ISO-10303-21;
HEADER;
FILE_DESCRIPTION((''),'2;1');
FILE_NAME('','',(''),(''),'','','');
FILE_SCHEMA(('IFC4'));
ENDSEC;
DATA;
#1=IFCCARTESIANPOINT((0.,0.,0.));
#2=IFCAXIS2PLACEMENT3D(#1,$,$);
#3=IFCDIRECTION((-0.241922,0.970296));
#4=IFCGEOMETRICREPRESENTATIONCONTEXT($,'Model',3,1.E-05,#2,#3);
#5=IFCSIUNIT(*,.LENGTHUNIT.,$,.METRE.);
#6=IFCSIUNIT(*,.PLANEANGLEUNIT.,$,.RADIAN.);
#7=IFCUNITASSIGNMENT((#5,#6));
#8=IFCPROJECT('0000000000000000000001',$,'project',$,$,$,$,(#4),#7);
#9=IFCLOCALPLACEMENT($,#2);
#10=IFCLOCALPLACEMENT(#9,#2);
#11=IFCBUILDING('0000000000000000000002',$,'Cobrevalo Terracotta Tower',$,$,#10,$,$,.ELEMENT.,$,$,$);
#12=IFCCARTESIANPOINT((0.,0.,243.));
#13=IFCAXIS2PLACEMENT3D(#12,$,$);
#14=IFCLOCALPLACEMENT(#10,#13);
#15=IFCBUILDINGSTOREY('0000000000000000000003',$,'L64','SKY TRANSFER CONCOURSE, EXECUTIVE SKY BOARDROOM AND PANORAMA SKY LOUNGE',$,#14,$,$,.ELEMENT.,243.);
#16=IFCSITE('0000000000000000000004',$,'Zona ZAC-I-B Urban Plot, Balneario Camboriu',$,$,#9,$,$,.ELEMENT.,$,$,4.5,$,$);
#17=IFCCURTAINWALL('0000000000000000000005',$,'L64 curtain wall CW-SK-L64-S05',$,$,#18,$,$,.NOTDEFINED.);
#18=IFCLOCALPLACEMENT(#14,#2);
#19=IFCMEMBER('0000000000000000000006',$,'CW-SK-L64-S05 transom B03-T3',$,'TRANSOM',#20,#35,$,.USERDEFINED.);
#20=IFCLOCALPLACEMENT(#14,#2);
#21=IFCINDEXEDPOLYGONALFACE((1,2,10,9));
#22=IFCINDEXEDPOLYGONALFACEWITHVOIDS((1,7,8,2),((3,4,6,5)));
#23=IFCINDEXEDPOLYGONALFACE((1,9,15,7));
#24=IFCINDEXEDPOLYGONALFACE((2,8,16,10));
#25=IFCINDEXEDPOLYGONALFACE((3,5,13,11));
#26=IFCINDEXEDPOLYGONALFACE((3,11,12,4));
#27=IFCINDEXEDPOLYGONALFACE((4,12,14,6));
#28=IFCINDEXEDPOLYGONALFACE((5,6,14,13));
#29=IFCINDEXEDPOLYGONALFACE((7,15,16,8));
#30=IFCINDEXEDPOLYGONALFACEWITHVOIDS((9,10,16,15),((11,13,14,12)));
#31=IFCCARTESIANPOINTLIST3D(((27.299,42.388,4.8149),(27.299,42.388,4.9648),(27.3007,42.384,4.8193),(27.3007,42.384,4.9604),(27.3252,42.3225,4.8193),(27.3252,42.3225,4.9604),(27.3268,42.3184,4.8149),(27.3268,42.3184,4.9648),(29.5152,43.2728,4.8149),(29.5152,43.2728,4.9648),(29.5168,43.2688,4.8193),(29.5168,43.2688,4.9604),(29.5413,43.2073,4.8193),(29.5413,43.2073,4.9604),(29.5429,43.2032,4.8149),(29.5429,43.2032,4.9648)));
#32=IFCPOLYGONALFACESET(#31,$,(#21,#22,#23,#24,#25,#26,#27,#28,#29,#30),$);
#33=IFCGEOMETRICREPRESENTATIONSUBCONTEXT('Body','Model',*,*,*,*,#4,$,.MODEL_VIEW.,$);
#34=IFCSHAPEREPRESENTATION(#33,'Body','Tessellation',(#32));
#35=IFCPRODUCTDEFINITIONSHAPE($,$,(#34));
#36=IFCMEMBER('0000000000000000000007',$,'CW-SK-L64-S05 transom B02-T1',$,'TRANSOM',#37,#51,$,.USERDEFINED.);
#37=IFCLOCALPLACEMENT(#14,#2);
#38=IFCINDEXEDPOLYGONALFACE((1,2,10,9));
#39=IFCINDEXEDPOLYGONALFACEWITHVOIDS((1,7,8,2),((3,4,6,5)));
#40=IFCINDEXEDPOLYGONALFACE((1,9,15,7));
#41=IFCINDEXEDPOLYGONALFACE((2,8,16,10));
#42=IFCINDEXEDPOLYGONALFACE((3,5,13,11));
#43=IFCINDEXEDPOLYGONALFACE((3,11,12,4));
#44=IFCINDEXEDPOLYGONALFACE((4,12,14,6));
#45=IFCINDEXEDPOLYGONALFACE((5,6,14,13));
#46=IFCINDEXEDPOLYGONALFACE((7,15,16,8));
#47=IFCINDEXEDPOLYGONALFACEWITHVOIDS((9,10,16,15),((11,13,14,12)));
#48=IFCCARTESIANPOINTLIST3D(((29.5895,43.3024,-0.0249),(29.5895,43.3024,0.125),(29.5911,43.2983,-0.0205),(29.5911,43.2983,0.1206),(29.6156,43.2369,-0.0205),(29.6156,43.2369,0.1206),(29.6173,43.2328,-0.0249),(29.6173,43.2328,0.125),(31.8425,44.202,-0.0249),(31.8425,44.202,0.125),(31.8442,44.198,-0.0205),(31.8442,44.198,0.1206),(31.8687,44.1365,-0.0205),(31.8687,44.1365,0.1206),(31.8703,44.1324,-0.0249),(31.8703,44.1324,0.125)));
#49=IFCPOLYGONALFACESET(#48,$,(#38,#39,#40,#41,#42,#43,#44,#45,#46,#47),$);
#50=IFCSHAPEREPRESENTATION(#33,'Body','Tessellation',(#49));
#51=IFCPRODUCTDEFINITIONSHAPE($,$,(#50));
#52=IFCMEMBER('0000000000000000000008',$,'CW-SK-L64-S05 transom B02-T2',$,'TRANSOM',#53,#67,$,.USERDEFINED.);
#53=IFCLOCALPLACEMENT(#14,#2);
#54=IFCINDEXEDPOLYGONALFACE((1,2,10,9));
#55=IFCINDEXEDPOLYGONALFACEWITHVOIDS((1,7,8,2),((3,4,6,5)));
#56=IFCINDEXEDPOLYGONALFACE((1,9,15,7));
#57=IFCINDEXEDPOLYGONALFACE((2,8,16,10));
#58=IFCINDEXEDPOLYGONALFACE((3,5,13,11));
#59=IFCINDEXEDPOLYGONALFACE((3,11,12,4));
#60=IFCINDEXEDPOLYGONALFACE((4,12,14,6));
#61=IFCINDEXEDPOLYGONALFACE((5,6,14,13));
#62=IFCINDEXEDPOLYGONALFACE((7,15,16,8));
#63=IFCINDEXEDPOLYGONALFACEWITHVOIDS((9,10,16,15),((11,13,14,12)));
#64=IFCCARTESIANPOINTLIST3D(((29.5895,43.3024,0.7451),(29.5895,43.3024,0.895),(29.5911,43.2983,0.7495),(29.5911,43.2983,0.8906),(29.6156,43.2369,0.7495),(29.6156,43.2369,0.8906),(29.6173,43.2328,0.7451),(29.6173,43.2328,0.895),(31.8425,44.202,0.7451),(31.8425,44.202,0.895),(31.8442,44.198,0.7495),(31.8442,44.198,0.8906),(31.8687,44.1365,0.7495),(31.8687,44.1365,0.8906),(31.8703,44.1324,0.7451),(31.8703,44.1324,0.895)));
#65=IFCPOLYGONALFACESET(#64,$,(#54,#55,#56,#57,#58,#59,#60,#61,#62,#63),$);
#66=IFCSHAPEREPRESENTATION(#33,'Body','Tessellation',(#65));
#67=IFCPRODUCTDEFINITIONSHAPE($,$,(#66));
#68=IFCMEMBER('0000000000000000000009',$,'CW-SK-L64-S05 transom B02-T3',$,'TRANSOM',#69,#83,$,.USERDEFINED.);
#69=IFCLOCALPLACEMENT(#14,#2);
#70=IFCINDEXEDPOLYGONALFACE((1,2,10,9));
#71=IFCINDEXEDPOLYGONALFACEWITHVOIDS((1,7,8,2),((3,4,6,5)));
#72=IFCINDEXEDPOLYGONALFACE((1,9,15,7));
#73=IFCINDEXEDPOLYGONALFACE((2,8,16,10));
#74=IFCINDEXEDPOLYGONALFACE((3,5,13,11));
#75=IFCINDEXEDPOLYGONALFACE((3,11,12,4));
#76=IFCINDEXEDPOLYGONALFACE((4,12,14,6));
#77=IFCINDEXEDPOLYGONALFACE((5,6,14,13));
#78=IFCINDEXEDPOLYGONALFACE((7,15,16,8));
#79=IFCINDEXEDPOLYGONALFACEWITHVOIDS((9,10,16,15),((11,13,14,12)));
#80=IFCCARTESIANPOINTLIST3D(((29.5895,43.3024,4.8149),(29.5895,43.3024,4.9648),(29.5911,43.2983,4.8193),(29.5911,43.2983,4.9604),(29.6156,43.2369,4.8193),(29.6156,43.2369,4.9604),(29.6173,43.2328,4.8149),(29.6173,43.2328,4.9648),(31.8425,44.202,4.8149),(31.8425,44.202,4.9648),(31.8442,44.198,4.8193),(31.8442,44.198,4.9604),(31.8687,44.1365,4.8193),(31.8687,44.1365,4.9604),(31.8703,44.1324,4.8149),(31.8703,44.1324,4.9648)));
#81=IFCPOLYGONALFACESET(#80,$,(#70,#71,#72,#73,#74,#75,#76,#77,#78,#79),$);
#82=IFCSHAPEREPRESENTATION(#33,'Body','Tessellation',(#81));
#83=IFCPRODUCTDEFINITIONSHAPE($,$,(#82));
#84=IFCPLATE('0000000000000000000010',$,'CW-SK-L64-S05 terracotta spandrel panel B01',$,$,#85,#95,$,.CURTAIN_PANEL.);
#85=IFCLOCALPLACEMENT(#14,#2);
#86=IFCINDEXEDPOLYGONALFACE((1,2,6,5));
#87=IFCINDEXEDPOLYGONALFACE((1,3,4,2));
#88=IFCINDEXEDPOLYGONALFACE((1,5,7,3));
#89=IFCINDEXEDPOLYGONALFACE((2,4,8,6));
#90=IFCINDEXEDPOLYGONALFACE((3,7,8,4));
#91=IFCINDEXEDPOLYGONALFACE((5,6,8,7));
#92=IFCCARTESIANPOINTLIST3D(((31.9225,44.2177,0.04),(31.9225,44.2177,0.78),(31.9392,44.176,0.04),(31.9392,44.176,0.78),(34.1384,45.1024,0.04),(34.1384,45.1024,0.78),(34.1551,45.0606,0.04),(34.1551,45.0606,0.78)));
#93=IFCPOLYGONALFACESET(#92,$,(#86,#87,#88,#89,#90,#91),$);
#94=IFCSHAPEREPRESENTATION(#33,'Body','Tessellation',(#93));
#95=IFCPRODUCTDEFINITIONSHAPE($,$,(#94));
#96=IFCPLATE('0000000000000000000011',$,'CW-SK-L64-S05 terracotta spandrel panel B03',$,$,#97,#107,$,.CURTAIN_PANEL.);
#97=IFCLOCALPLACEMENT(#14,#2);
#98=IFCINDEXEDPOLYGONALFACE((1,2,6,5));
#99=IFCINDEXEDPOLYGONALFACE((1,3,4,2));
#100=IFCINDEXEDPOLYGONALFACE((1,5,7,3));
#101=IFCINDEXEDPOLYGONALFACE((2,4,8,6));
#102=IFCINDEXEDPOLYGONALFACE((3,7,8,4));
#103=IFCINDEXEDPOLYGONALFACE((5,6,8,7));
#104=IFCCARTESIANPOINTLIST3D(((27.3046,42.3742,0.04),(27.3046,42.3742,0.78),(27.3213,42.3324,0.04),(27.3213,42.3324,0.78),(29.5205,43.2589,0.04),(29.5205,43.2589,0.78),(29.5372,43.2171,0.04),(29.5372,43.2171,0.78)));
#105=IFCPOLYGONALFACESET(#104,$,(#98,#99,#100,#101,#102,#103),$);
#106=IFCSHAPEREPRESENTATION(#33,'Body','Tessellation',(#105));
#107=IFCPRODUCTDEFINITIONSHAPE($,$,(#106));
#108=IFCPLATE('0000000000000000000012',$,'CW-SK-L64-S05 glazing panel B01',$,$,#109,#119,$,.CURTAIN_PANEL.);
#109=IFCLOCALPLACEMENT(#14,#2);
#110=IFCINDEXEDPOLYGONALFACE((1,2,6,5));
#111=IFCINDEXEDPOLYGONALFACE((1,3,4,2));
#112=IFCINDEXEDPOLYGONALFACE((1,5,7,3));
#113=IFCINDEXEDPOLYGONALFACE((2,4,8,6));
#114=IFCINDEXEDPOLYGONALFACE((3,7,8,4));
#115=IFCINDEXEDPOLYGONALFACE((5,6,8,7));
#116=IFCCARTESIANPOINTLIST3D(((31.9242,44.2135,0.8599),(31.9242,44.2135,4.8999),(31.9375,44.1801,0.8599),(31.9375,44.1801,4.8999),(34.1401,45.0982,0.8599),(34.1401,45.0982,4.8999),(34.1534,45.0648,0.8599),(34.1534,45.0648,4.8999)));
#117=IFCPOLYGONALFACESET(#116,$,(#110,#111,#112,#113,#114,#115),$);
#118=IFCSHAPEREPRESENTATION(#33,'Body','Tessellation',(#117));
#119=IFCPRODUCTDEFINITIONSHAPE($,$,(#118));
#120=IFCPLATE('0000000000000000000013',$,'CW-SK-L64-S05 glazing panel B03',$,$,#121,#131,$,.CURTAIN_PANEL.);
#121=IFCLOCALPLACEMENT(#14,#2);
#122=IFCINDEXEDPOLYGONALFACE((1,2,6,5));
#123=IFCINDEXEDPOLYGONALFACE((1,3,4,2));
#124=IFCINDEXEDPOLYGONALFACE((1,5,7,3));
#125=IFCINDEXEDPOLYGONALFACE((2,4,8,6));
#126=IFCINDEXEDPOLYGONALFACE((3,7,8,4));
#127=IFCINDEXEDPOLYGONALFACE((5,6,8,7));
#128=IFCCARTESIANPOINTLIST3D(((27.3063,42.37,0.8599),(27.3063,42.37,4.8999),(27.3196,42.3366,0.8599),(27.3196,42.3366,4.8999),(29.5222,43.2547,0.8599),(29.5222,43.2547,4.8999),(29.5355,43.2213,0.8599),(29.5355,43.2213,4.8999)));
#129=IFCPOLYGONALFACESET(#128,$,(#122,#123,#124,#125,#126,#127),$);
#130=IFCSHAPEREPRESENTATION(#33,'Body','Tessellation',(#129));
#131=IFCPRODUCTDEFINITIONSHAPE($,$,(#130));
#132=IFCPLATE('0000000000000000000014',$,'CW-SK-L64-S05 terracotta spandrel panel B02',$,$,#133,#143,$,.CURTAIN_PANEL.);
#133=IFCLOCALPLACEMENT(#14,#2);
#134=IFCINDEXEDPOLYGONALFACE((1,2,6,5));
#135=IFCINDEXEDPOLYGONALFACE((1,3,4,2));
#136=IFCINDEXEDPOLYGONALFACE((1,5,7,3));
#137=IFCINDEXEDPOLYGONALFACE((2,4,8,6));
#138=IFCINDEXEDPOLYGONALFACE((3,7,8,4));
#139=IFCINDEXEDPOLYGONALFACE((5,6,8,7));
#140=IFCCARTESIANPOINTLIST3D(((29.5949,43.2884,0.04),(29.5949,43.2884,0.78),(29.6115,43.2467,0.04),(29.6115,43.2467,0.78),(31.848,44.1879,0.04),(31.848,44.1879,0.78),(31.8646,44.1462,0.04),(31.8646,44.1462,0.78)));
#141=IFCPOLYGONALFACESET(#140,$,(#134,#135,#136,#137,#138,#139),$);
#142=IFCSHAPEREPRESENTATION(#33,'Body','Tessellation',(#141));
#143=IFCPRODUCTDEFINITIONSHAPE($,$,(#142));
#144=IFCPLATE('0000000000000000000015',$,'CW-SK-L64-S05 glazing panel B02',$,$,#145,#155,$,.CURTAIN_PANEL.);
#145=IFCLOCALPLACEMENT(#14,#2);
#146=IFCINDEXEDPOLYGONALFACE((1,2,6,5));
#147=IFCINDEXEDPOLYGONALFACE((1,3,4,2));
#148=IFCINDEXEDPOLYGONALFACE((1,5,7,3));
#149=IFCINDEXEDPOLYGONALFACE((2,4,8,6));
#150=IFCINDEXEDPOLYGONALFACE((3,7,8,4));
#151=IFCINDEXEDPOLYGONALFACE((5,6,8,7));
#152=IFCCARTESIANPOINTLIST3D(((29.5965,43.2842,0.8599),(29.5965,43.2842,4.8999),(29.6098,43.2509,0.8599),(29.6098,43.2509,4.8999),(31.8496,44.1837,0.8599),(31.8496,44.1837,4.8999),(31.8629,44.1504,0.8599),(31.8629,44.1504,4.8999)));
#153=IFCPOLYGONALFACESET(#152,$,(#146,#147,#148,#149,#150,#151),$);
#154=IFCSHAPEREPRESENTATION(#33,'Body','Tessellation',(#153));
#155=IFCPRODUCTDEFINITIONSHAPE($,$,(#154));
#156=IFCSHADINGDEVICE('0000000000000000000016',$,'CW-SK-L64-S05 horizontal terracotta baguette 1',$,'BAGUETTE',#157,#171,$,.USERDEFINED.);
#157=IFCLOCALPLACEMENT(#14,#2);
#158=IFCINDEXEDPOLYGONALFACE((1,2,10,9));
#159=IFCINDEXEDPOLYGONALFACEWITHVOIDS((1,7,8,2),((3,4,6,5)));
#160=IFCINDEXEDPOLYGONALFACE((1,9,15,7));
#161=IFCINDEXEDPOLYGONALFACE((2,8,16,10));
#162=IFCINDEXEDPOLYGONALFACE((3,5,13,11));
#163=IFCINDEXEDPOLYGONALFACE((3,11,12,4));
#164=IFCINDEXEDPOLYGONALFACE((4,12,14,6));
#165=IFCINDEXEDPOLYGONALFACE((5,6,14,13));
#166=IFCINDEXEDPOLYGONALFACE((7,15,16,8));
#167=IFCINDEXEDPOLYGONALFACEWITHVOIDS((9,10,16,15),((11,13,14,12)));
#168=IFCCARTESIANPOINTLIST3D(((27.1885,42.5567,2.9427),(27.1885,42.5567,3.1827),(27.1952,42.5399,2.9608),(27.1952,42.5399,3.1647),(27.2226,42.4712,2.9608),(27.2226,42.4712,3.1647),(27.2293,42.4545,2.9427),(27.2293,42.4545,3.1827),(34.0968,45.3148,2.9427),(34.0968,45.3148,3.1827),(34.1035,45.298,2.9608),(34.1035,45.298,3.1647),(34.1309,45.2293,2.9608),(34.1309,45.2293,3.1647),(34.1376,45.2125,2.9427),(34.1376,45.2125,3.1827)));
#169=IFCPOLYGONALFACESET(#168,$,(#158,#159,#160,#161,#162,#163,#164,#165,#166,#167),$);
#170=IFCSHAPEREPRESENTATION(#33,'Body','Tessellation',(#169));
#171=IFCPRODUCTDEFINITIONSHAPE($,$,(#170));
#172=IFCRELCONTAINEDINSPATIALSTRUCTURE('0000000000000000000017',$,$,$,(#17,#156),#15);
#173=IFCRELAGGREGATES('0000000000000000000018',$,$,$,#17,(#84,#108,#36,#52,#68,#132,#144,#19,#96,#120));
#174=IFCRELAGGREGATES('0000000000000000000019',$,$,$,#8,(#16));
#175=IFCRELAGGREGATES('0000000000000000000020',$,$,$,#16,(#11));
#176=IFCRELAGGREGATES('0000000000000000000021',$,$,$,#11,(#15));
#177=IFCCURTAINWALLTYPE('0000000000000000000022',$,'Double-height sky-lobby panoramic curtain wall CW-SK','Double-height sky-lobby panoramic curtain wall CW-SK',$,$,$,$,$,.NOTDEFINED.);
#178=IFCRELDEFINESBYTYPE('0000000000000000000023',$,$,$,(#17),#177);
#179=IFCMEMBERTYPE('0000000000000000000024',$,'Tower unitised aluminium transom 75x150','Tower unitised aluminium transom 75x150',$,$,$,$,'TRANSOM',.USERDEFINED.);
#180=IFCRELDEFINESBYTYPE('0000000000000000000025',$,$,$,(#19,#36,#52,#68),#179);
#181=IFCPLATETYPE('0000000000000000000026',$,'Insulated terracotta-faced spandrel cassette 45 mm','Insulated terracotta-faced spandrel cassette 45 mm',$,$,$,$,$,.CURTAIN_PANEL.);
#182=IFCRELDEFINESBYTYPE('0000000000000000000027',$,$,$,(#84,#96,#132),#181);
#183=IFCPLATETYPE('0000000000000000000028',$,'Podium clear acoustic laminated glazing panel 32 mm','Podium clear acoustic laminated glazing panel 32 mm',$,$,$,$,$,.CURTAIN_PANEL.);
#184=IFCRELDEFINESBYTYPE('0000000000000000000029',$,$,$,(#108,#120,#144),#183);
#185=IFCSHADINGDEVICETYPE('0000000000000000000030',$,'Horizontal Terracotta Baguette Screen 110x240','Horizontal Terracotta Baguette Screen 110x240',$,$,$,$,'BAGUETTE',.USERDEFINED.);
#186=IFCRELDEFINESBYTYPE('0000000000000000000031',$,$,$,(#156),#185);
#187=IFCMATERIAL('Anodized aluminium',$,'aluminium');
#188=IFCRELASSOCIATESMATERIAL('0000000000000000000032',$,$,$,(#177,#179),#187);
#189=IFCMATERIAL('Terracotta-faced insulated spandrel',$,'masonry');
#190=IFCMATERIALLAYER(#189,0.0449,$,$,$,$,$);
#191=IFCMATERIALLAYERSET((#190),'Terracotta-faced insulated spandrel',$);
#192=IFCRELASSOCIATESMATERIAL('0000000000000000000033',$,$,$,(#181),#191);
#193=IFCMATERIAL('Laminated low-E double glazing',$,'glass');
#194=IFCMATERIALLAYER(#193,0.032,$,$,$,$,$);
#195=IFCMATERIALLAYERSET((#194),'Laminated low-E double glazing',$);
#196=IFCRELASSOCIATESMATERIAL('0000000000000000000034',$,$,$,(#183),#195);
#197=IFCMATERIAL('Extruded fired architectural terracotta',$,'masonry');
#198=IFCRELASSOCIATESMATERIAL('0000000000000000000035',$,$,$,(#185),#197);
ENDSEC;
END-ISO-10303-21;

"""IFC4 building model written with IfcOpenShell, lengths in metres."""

from ifc_helpers import new_model, si_unit, direction, frame, origin, origin_2d, place, context, subcontext, project, spatial, rectangle, hollow_rectangle, extrude, source, transform, mapped, material, layer, layer_set, material_profile, profile_set, type_object, element, aggregate, save


model = new_model("IFC4")

# Units and contexts
model_context = context("Model", 3, precision=1e-05, world=origin(), true_north=direction((-0.241922, 0.970296)))
body_context = subcontext(model_context, "Body", "Model", "MODEL_VIEW")
ifc_project = project(units=[si_unit("LENGTHUNIT", "METRE"), si_unit("PLANEANGLEUNIT", "RADIAN")], contexts=[model_context])

# Site, building, storey
site_placement = place(None, origin())
site = spatial("IfcSite", under=ifc_project, at=site_placement, Name="Zona ZAC-I-B Urban Plot, Balneario Camboriu", CompositionType="ELEMENT", RefElevation=4.5)
building_placement = place(site_placement, origin())
building = spatial("IfcBuilding", under=site, at=building_placement, Name="Cobrevalo Terracotta Tower", CompositionType="ELEMENT")
storey_placement = place(building_placement, frame((0.0, 0.0, 243.0)))
storey = spatial("IfcBuildingStorey", under=building, at=storey_placement, Name="L64", Description="SKY TRANSFER CONCOURSE, EXECUTIVE SKY BOARDROOM AND PANORAMA SKY LOUNGE", CompositionType="ELEMENT", Elevation=243.0)

# Curtain wall
ifc_material_1 = material(Name="Anodized aluminium", Category="aluminium")
curtain_wall_type = type_object("IfcCurtainWallType", Name="Double-height sky-lobby panoramic curtain wall CW-SK", Description="Double-height sky-lobby panoramic curtain wall CW-SK", PredefinedType="NOTDEFINED", material=ifc_material_1)
curtain_wall_1_placement = place(storey_placement, origin())
curtain_wall_1 = element("IfcCurtainWall", 1, at=curtain_wall_1_placement, inside=storey, type_object=curtain_wall_type, Name="L64 curtain wall CW-SK-L64-S05", PredefinedType="NOTDEFINED")
ifc_material_profile_1 = material_profile(ifc_material_1, hollow_rectangle(XDim=0.075, YDim=0.1499, WallThickness=0.0044, at=origin_2d()), Name="CWT 75x150")
ifc_profile_set_1 = profile_set([ifc_material_profile_1], Name="Anodized aluminium")
member_type_1 = type_object("IfcMemberType", Name="Tower unitised aluminium transom 75x150", Description="Tower unitised aluminium transom 75x150", ElementType="TRANSOM", PredefinedType="USERDEFINED", material=ifc_profile_set_1)

# Members
shared_shape_1 = source(origin(), body_context, "Body", "SweptSolid", [
    extrude(hollow_rectangle(XDim=0.075, YDim=0.1499, WallThickness=0.0044, at=origin_2d()), origin(), (0.0, 0.0, 1.0), 2.3862),
])
member_1_placement = place(storey_placement, frame((29.5291, 43.238, 4.8899), z_axis=(-0.928716, -0.370791, 0.0), x_axis=(0.370791, -0.928716, 0.0)))
member_1 = element("IfcMember", 2, at=member_1_placement, type_object=member_type_1, Name="CW-SK-L64-S05 transom B03-T3", ObjectType="TRANSOM", PredefinedType="USERDEFINED", context=body_context, shape_type="MappedRepresentation", body=[
    mapped(shared_shape_1, transform((0.0, 0.0, 0.0), scale=1.0)),
])
shared_shape_2 = source(origin(), body_context, "Body", "SweptSolid", [
    extrude(hollow_rectangle(XDim=0.075, YDim=0.1499, WallThickness=0.0044, at=origin_2d()), origin(), (0.0, 0.0, 1.0), 2.426),
])
member_2_placement = place(storey_placement, frame((31.8564, 44.1672, 0.05), z_axis=(-0.928706, -0.370818, 0.0), x_axis=(0.370818, -0.928706, 0.0)))
member_2 = element("IfcMember", 3, at=member_2_placement, type_object=member_type_1, Name="CW-SK-L64-S05 transom B02-T1", ObjectType="TRANSOM", PredefinedType="USERDEFINED", context=body_context, shape_type="MappedRepresentation", body=[
    mapped(shared_shape_2, transform((0.0, 0.0, 0.0), scale=1.0)),
])
member_3_placement = place(storey_placement, frame((31.8564, 44.1672, 0.8201), z_axis=(-0.928706, -0.370818, 0.0), x_axis=(0.370818, -0.928706, 0.0)))
member_3 = element("IfcMember", 4, at=member_3_placement, type_object=member_type_1, Name="CW-SK-L64-S05 transom B02-T2", ObjectType="TRANSOM", PredefinedType="USERDEFINED", context=body_context, shape_type="MappedRepresentation", body=[
    mapped(shared_shape_2, transform((0.0, 0.0, 0.0), scale=1.0)),
])
member_4_placement = place(storey_placement, frame((31.8564, 44.1672, 4.8899), z_axis=(-0.928706, -0.370818, 0.0), x_axis=(0.370818, -0.928706, 0.0)))
member_4 = element("IfcMember", 5, at=member_4_placement, type_object=member_type_1, Name="CW-SK-L64-S05 transom B02-T3", ObjectType="TRANSOM", PredefinedType="USERDEFINED", context=body_context, shape_type="MappedRepresentation", body=[
    mapped(shared_shape_2, transform((0.0, 0.0, 0.0), scale=1.0)),
])

# Plates
ifc_material_2 = material(Name="Terracotta-faced insulated spandrel", Category="masonry")
ifc_layer_1 = layer(ifc_material_2, 0.0449)
ifc_layer_set_1 = layer_set([ifc_layer_1], Name="Terracotta-faced insulated spandrel")
plate_type_1 = type_object("IfcPlateType", Name="Insulated terracotta-faced spandrel cassette 45 mm", Description="Insulated terracotta-faced spandrel cassette 45 mm", PredefinedType="CURTAIN_PANEL", material=ifc_layer_set_1)
shared_shape_3 = source(origin(), body_context, "Body", "SweptSolid", [
    extrude(rectangle(XDim=2.386, YDim=0.0449, at=origin_2d()), origin(), (0.0, 0.0, 1.0), 0.74),
])
plate_1_placement = place(storey_placement, frame((33.0388, 44.6392, 0.04), z_axis=(0.0, 0.0, 1.0), x_axis=(-0.928718, -0.370786, 0.0)))
plate_1 = element("IfcPlate", 6, at=plate_1_placement, type_object=plate_type_1, Name="CW-SK-L64-S05 terracotta spandrel panel B01", PredefinedType="CURTAIN_PANEL", context=body_context, shape_type="MappedRepresentation", body=[
    mapped(shared_shape_3, transform((0.0, 0.0, 0.0), scale=1.0)),
])
plate_2_placement = place(storey_placement, frame((28.4209, 42.7957, 0.04), z_axis=(0.0, 0.0, 1.0), x_axis=(-0.928718, -0.370786, 0.0)))
plate_2 = element("IfcPlate", 7, at=plate_2_placement, type_object=plate_type_1, Name="CW-SK-L64-S05 terracotta spandrel panel B03", PredefinedType="CURTAIN_PANEL", context=body_context, shape_type="MappedRepresentation", body=[
    mapped(shared_shape_3, transform((0.0, 0.0, 0.0), scale=1.0)),
])
ifc_material_3 = material(Name="Laminated low-E double glazing", Category="glass")
ifc_layer_2 = layer(ifc_material_3, 0.032)
ifc_layer_set_2 = layer_set([ifc_layer_2], Name="Laminated low-E double glazing")
plate_type_2 = type_object("IfcPlateType", Name="Podium clear acoustic laminated glazing panel 32 mm", Description="Podium clear acoustic laminated glazing panel 32 mm", PredefinedType="CURTAIN_PANEL", material=ifc_layer_set_2)
shared_shape_4 = source(origin(), body_context, "Body", "SweptSolid", [
    extrude(rectangle(XDim=2.386, YDim=0.0359, at=origin_2d()), origin(), (0.0, 0.0, 1.0), 4.04),
])
plate_3_placement = place(storey_placement, frame((33.0388, 44.6392, 0.8599), z_axis=(0.0, 0.0, 1.0), x_axis=(-0.928718, -0.370786, 0.0)))
plate_3 = element("IfcPlate", 8, at=plate_3_placement, type_object=plate_type_2, Name="CW-SK-L64-S05 glazing panel B01", PredefinedType="CURTAIN_PANEL", context=body_context, shape_type="MappedRepresentation", body=[
    mapped(shared_shape_4, transform((0.0, 0.0, 0.0), scale=1.0)),
])
plate_4_placement = place(storey_placement, frame((28.4209, 42.7957, 0.8599), z_axis=(0.0, 0.0, 1.0), x_axis=(-0.928718, -0.370786, 0.0)))
plate_4 = element("IfcPlate", 9, at=plate_4_placement, type_object=plate_type_2, Name="CW-SK-L64-S05 glazing panel B03", PredefinedType="CURTAIN_PANEL", context=body_context, shape_type="MappedRepresentation", body=[
    mapped(shared_shape_4, transform((0.0, 0.0, 0.0), scale=1.0)),
])
shared_shape_5 = source(origin(), body_context, "Body", "SweptSolid", [
    extrude(rectangle(XDim=2.426, YDim=0.0449, at=origin_2d()), origin(), (0.0, 0.0, 1.0), 0.74),
])
plate_5_placement = place(storey_placement, frame((30.7297, 43.7173, 0.04), z_axis=(0.0, 0.0, 1.0), x_axis=(-0.928718, -0.370786, 0.0)))
plate_5 = element("IfcPlate", 10, at=plate_5_placement, type_object=plate_type_1, Name="CW-SK-L64-S05 terracotta spandrel panel B02", PredefinedType="CURTAIN_PANEL", context=body_context, shape_type="MappedRepresentation", body=[
    mapped(shared_shape_5, transform((0.0, 0.0, 0.0), scale=1.0)),
])
shared_shape_6 = source(origin(), body_context, "Body", "SweptSolid", [
    extrude(rectangle(XDim=2.426, YDim=0.0359, at=origin_2d()), origin(), (0.0, 0.0, 1.0), 4.04),
])
plate_6_placement = place(storey_placement, frame((30.7297, 43.7173, 0.8599), z_axis=(0.0, 0.0, 1.0), x_axis=(-0.928718, -0.370786, 0.0)))
plate_6 = element("IfcPlate", 11, at=plate_6_placement, type_object=plate_type_2, Name="CW-SK-L64-S05 glazing panel B02", PredefinedType="CURTAIN_PANEL", context=body_context, shape_type="MappedRepresentation", body=[
    mapped(shared_shape_6, transform((0.0, 0.0, 0.0), scale=1.0)),
])
aggregate(curtain_wall_1, [plate_1, plate_3, member_2, member_3, member_4, plate_5, plate_6, member_1, plate_2, plate_4])

# Shading device
ifc_material_4 = material(Name="Extruded fired architectural terracotta", Category="masonry")
ifc_material_profile_2 = material_profile(ifc_material_4, hollow_rectangle(XDim=0.1101, YDim=0.24, WallThickness=0.0181, at=origin_2d()), Name="BAGUETTE 110x240")
ifc_profile_set_2 = profile_set([ifc_material_profile_2], Name="Extruded fired architectural terracotta")
shading_device_type = type_object("IfcShadingDeviceType", Name="Horizontal Terracotta Baguette Screen 110x240", Description="Horizontal Terracotta Baguette Screen 110x240", ElementType="BAGUETTE", PredefinedType="USERDEFINED", material=ifc_profile_set_2)
shared_shape_7 = source(origin(), body_context, "Body", "SweptSolid", [
    extrude(hollow_rectangle(XDim=0.1101, YDim=0.24, WallThickness=0.0181, at=origin_2d()), origin(), (0.0, 0.0, 1.0), 7.4385),
])
for number, where, z_axis, x_axis, name in (
    (12, (34.1172, 45.2637, 3.0627), (-0.928719, -0.370785, 0.0), (0.370785, -0.928719, 0.0), "CW-SK-L64-S05 horizontal terracotta baguette 1"),
):
    element("IfcShadingDevice", number, at=place(storey_placement, frame(where, z_axis=z_axis, x_axis=x_axis)), inside=storey, type_object=shading_device_type, Name=name, ObjectType="BAGUETTE", PredefinedType="USERDEFINED", context=body_context, shape_type="MappedRepresentation", body=[
        mapped(shared_shape_7, transform((0.0, 0.0, 0.0), scale=1.0)),
    ])

save(model, "model.ifc")
